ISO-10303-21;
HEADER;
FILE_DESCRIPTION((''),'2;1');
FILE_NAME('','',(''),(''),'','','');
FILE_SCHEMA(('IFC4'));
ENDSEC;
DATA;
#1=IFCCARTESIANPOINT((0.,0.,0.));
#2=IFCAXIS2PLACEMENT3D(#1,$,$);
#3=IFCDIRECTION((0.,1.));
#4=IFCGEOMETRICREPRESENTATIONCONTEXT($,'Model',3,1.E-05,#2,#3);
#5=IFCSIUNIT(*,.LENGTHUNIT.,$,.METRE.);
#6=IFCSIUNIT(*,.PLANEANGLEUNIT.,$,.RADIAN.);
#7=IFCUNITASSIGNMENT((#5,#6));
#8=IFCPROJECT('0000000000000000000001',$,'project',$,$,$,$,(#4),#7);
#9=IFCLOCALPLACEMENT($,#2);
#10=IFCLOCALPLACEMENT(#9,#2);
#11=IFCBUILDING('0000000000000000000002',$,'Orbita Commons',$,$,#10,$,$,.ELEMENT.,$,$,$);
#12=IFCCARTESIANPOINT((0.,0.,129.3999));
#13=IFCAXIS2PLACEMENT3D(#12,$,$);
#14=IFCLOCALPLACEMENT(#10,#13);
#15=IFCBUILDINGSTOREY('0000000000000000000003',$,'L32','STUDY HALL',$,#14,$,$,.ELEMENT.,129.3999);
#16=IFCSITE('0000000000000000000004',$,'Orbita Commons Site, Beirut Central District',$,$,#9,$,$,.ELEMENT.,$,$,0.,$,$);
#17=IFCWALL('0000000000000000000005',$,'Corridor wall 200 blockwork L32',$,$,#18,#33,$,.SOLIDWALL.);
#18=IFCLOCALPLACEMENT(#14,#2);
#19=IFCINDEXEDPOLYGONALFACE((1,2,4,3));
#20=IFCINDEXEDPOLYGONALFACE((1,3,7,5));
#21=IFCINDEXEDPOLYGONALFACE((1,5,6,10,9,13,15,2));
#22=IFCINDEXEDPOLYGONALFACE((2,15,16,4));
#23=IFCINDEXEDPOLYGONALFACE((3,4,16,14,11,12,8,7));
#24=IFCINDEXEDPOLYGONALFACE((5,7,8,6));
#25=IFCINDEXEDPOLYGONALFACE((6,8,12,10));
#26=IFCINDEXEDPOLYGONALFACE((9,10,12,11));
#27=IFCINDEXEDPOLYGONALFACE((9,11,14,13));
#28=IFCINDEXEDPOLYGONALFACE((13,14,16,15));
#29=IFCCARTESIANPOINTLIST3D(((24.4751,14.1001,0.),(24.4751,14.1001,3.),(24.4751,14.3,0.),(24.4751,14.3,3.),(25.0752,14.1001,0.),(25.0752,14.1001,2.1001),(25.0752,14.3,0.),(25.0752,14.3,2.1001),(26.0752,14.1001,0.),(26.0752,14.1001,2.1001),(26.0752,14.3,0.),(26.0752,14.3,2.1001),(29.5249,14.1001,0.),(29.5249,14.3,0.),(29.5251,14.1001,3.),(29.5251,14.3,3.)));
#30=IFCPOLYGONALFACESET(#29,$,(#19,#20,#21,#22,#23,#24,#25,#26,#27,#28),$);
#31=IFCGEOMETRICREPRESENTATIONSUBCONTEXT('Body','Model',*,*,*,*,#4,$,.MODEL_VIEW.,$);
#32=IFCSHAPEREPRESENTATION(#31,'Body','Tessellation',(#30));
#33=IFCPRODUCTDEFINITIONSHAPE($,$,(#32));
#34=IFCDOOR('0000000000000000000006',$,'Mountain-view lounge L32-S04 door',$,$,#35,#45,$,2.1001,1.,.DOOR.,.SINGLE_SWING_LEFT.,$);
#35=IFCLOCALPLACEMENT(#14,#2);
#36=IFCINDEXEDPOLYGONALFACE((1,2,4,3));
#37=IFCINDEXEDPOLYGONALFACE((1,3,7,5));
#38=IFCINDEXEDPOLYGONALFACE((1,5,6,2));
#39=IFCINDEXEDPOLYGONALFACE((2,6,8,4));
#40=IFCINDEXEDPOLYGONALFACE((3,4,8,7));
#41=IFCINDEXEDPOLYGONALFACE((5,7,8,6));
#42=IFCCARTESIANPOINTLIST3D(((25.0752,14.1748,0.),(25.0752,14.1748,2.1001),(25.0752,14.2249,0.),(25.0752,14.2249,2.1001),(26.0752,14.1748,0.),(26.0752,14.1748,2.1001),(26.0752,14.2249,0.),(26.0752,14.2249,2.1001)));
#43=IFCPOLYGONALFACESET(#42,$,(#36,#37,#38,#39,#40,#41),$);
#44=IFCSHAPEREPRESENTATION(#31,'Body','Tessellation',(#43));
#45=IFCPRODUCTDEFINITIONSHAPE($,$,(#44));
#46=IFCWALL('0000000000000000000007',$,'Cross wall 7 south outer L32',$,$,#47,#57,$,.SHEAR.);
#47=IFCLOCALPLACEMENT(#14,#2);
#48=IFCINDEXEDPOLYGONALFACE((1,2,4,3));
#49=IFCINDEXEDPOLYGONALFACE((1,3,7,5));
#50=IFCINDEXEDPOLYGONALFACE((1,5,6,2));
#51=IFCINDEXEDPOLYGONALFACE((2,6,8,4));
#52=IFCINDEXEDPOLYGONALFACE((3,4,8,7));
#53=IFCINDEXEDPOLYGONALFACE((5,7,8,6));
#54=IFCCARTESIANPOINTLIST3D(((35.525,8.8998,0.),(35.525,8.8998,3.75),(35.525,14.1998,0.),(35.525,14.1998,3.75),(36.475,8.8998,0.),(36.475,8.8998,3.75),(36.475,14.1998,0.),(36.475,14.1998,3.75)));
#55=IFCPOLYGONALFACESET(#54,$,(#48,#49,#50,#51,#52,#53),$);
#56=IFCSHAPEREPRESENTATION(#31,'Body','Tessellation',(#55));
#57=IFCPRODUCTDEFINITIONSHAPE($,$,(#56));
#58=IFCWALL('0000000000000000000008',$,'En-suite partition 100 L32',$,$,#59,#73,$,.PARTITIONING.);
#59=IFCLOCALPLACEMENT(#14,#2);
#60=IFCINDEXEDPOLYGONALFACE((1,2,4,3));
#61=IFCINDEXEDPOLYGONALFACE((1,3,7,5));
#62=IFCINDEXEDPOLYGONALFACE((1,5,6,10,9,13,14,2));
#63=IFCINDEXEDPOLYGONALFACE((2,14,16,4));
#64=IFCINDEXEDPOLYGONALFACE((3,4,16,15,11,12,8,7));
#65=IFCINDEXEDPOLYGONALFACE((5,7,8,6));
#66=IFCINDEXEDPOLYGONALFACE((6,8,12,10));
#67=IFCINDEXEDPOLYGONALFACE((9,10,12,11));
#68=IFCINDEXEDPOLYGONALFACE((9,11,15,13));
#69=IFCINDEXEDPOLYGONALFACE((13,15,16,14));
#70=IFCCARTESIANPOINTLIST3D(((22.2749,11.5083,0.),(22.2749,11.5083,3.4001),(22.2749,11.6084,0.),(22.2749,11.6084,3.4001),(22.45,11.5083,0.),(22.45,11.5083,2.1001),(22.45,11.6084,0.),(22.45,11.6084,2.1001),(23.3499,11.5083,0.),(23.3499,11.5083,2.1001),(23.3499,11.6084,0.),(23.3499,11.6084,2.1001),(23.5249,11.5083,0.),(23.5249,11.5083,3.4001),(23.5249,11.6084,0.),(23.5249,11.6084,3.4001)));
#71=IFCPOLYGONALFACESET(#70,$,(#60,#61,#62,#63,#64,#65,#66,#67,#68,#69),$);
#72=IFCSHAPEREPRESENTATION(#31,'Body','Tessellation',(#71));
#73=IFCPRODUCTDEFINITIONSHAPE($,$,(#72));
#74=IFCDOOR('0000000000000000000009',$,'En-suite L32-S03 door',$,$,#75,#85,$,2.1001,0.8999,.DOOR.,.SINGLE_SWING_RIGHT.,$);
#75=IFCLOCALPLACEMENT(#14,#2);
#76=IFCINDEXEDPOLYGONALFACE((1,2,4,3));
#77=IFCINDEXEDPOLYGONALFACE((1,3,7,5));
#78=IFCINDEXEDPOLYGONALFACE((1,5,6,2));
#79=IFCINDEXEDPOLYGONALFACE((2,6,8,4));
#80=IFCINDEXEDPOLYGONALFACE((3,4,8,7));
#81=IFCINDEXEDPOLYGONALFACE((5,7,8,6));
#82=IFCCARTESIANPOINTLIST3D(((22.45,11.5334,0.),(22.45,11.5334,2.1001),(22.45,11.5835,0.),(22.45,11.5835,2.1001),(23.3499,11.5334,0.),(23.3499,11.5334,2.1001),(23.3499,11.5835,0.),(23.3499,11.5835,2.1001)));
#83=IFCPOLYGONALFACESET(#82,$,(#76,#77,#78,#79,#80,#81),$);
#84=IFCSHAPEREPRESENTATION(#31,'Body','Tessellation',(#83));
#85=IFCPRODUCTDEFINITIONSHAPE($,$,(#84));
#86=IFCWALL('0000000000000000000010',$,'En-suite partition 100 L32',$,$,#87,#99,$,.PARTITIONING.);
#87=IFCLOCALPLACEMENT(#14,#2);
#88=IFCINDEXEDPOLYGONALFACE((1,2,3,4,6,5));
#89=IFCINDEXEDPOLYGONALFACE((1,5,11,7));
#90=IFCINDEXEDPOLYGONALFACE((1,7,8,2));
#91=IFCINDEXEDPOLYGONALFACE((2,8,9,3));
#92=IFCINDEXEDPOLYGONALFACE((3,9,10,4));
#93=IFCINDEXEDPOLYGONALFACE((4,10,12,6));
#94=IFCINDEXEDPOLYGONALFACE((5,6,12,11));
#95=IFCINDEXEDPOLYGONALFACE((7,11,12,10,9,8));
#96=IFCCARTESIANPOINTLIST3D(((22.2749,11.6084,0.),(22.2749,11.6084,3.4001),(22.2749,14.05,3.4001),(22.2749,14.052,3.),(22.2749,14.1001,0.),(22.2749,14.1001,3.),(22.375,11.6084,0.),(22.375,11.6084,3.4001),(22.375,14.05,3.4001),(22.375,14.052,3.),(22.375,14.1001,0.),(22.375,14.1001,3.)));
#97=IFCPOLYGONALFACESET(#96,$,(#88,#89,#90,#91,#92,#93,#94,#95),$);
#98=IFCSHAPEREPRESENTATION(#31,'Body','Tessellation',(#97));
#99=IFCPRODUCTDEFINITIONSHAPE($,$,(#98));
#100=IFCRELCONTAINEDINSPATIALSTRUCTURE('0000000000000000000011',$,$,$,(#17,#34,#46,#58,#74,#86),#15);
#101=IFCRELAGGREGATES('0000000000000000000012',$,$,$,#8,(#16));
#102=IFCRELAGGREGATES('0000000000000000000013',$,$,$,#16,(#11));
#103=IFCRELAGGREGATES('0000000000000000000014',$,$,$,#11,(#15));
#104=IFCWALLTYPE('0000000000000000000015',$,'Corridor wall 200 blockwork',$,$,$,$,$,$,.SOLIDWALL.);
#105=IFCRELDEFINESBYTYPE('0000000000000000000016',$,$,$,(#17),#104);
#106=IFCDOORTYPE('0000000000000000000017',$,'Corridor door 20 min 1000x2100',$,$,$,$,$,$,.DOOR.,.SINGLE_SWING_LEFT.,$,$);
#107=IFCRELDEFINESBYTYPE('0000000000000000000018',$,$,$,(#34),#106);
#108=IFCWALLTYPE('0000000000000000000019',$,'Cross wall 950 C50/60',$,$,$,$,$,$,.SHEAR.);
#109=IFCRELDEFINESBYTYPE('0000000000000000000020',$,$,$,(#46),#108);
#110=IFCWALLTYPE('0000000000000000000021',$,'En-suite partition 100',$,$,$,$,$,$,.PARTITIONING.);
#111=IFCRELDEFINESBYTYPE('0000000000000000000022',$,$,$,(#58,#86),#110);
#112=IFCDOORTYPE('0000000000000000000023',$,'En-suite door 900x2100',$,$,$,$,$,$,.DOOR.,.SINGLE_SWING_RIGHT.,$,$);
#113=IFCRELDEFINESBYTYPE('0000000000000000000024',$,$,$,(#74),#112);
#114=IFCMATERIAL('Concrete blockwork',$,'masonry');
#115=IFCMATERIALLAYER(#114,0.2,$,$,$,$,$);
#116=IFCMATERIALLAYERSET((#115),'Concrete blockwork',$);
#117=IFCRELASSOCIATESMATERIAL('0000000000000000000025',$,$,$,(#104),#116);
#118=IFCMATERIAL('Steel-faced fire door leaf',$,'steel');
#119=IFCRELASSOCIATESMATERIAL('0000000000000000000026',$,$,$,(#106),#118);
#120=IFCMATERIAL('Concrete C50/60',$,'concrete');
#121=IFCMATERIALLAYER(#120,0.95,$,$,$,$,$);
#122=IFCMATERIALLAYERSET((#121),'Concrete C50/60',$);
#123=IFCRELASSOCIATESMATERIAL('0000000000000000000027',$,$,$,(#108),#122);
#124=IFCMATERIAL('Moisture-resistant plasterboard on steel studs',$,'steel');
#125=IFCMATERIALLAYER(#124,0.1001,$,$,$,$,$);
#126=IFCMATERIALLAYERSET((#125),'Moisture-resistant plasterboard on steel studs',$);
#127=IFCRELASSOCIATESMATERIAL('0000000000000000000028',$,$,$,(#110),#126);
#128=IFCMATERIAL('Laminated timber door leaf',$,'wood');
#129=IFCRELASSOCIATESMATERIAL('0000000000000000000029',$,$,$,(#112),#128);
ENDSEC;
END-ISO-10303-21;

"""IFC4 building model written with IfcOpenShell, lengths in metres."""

from ifc_helpers import new_model, si_unit, direction, frame, frame_2d, origin, place, context, subcontext, project, spatial, polyline, rectangle, outline, extrude, material, layer, layer_set, type_object, element, fill, save


model = new_model("IFC4")

# Units and contexts
model_context = context("Model", 3, precision=1e-05, world=origin(), true_north=direction((0.0, 1.0)))
body_context = subcontext(model_context, "Body", "Model", "MODEL_VIEW")
ifc_project = project(units=[si_unit("LENGTHUNIT", "METRE"), si_unit("PLANEANGLEUNIT", "RADIAN")], contexts=[model_context])

# Site, building, storey
site_placement = place(None, origin())
site = spatial("IfcSite", under=ifc_project, at=site_placement, Name="Orbita Commons Site, Beirut Central District", CompositionType="ELEMENT", RefElevation=0.0)
building_placement = place(site_placement, origin())
building = spatial("IfcBuilding", under=site, at=building_placement, Name="Orbita Commons", CompositionType="ELEMENT")
storey_placement = place(building_placement, frame((0.0, 0.0, 129.3999)))
storey = spatial("IfcBuildingStorey", under=building, at=storey_placement, Name="L32", Description="STUDY HALL", CompositionType="ELEMENT", Elevation=129.3999)

# Wall, opening, door
ifc_material_1 = material(Name="Concrete blockwork", Category="masonry")
ifc_layer_1 = layer(ifc_material_1, 0.2)
ifc_layer_set_1 = layer_set([ifc_layer_1], Name="Concrete blockwork")
wall_type_1 = type_object("IfcWallType", Name="Corridor wall 200 blockwork", PredefinedType="SOLIDWALL", material=ifc_layer_set_1)
wall_1_placement = place(storey_placement, frame((24.4751, 14.2, 0.0), z_axis=(0.0, 0.0, 1.0), x_axis=(1.0, 0.0, 0.0)))
wall_1 = element("IfcWall", 1, at=wall_1_placement, inside=storey, type_object=wall_type_1, Name="Corridor wall 200 blockwork L32", PredefinedType="SOLIDWALL", context=body_context, shape_type="SweptSolid", body=[
    extrude(outline(polyline([(0.0, 0.0), (5.0498, 0.0), (5.05, 3.0), (0.0, 3.0), (0.0, 0.0)])), frame((0.0, 0.1001, 0.0), z_axis=(0.0, -1.0, 0.0), x_axis=(1.0, 0.0, 0.0)), (0.0, 0.0, 1.0), 0.2),
])
opening_1_placement = place(wall_1_placement, frame((0.6001, 0.0, 0.0)))
opening_1 = element("IfcOpeningElement", 2, at=opening_1_placement, cuts=wall_1, PredefinedType="OPENING", context=body_context, shape_type="SweptSolid", body=[
    extrude(rectangle(XDim=1.0, YDim=2.1001, at=frame_2d((0.5, 1.05))), frame((0.0, 0.1099, 0.0), z_axis=(0.0, -1.0, 0.0), x_axis=(1.0, 0.0, 0.0)), (0.0, 0.0, 1.0), 0.22),
])
ifc_material_2 = material(Name="Steel-faced fire door leaf", Category="steel")
door_type_1 = type_object("IfcDoorType", Name="Corridor door 20 min 1000x2100", OperationType="SINGLE_SWING_LEFT", PredefinedType="DOOR", material=ifc_material_2)
door_1_placement = place(opening_1_placement, origin())
door_1 = element("IfcDoor", 3, at=door_1_placement, inside=storey, type_object=door_type_1, Name="Mountain-view lounge L32-S04 door", OperationType="SINGLE_SWING_LEFT", OverallHeight=2.1001, OverallWidth=1.0, PredefinedType="DOOR", context=body_context, shape_type="SweptSolid", body=[
    extrude(rectangle(XDim=1.0, YDim=2.1001, at=frame_2d((0.5, 1.05))), frame((0.0, 0.0249, 0.0), z_axis=(0.0, -1.0, 0.0), x_axis=(1.0, 0.0, 0.0)), (0.0, 0.0, 1.0), 0.05),
])
fill(opening_1, door_1)

# Wall
ifc_material_3 = material(Name="Concrete C50/60", Category="concrete")
ifc_layer_2 = layer(ifc_material_3, 0.95)
ifc_layer_set_2 = layer_set([ifc_layer_2], Name="Concrete C50/60")
wall_type_2 = type_object("IfcWallType", Name="Cross wall 950 C50/60", PredefinedType="SHEAR", material=ifc_layer_set_2)
wall_2_placement = place(storey_placement, frame((36.0, 8.8999, 0.0), z_axis=(0.0, 0.0, 1.0), x_axis=(0.0, 1.0, 0.0)))
element("IfcWall", 4, at=wall_2_placement, inside=storey, type_object=wall_type_2, Name="Cross wall 7 south outer L32", PredefinedType="SHEAR", context=body_context, shape_type="SweptSolid", body=[
    extrude(rectangle(XDim=5.3, YDim=0.95, at=frame_2d((2.6499, 0.0))), origin(), (0.0, 0.0, 1.0), 3.75),
])

# Wall, opening, door
ifc_material_4 = material(Name="Moisture-resistant plasterboard on steel studs", Category="steel")
ifc_layer_3 = layer(ifc_material_4, 0.1001)
ifc_layer_set_3 = layer_set([ifc_layer_3], Name="Moisture-resistant plasterboard on steel studs")
wall_type_3 = type_object("IfcWallType", Name="En-suite partition 100", PredefinedType="PARTITIONING", material=ifc_layer_set_3)
wall_3_placement = place(storey_placement, frame((23.5249, 11.5583, 0.0), z_axis=(0.0, 0.0, 1.0), x_axis=(-1.0, 0.0, 0.0)))
wall_3 = element("IfcWall", 5, at=wall_3_placement, inside=storey, type_object=wall_type_3, Name="En-suite partition 100 L32", PredefinedType="PARTITIONING", context=body_context, shape_type="SweptSolid", body=[
    extrude(rectangle(XDim=1.25, YDim=0.1001, at=frame_2d((0.625, 0.0))), origin(), (0.0, 0.0, 1.0), 3.4001),
])
opening_2_placement = place(wall_3_placement, frame((0.175, 0.0, 0.0)))
opening_2 = element("IfcOpeningElement", 6, at=opening_2_placement, cuts=wall_3, PredefinedType="OPENING", context=body_context, shape_type="SweptSolid", body=[
    extrude(rectangle(XDim=0.8999, YDim=2.1001, at=frame_2d((0.45, 1.05))), frame((0.0, 0.0601, 0.0), z_axis=(0.0, -1.0, 0.0), x_axis=(1.0, 0.0, 0.0)), (0.0, 0.0, 1.0), 0.1201),
])
ifc_material_5 = material(Name="Laminated timber door leaf", Category="wood")
door_type_2 = type_object("IfcDoorType", Name="En-suite door 900x2100", OperationType="SINGLE_SWING_RIGHT", PredefinedType="DOOR", material=ifc_material_5)
door_2_placement = place(opening_2_placement, origin())
door_2 = element("IfcDoor", 7, at=door_2_placement, inside=storey, type_object=door_type_2, Name="En-suite L32-S03 door", OperationType="SINGLE_SWING_RIGHT", OverallHeight=2.1001, OverallWidth=0.8999, PredefinedType="DOOR", context=body_context, shape_type="SweptSolid", body=[
    extrude(rectangle(XDim=0.8999, YDim=2.1001, at=frame_2d((0.45, 1.05))), frame((0.0, 0.0249, 0.0), z_axis=(0.0, -1.0, 0.0), x_axis=(1.0, 0.0, 0.0)), (0.0, 0.0, 1.0), 0.05),
])
fill(opening_2, door_2)

# Wall
wall_4_placement = place(storey_placement, frame((22.325, 11.6084, 0.0), z_axis=(0.0, 0.0, 1.0), x_axis=(0.0, 1.0, 0.0)))
element("IfcWall", 8, at=wall_4_placement, inside=storey, type_object=wall_type_3, Name="En-suite partition 100 L32", PredefinedType="PARTITIONING", context=body_context, shape_type="SweptSolid", body=[
    extrude(outline(polyline([(0.0, 0.0), (2.4917, 0.0), (2.4917, 3.0), (2.4436, 3.0), (2.4417, 3.4001), (0.0, 3.4001), (0.0, 0.0)])), frame((0.0, 0.05, 0.0), z_axis=(0.0, -1.0, 0.0), x_axis=(1.0, 0.0, 0.0)), (0.0, 0.0, 1.0), 0.1001),
])

save(model, "model.ifc")
